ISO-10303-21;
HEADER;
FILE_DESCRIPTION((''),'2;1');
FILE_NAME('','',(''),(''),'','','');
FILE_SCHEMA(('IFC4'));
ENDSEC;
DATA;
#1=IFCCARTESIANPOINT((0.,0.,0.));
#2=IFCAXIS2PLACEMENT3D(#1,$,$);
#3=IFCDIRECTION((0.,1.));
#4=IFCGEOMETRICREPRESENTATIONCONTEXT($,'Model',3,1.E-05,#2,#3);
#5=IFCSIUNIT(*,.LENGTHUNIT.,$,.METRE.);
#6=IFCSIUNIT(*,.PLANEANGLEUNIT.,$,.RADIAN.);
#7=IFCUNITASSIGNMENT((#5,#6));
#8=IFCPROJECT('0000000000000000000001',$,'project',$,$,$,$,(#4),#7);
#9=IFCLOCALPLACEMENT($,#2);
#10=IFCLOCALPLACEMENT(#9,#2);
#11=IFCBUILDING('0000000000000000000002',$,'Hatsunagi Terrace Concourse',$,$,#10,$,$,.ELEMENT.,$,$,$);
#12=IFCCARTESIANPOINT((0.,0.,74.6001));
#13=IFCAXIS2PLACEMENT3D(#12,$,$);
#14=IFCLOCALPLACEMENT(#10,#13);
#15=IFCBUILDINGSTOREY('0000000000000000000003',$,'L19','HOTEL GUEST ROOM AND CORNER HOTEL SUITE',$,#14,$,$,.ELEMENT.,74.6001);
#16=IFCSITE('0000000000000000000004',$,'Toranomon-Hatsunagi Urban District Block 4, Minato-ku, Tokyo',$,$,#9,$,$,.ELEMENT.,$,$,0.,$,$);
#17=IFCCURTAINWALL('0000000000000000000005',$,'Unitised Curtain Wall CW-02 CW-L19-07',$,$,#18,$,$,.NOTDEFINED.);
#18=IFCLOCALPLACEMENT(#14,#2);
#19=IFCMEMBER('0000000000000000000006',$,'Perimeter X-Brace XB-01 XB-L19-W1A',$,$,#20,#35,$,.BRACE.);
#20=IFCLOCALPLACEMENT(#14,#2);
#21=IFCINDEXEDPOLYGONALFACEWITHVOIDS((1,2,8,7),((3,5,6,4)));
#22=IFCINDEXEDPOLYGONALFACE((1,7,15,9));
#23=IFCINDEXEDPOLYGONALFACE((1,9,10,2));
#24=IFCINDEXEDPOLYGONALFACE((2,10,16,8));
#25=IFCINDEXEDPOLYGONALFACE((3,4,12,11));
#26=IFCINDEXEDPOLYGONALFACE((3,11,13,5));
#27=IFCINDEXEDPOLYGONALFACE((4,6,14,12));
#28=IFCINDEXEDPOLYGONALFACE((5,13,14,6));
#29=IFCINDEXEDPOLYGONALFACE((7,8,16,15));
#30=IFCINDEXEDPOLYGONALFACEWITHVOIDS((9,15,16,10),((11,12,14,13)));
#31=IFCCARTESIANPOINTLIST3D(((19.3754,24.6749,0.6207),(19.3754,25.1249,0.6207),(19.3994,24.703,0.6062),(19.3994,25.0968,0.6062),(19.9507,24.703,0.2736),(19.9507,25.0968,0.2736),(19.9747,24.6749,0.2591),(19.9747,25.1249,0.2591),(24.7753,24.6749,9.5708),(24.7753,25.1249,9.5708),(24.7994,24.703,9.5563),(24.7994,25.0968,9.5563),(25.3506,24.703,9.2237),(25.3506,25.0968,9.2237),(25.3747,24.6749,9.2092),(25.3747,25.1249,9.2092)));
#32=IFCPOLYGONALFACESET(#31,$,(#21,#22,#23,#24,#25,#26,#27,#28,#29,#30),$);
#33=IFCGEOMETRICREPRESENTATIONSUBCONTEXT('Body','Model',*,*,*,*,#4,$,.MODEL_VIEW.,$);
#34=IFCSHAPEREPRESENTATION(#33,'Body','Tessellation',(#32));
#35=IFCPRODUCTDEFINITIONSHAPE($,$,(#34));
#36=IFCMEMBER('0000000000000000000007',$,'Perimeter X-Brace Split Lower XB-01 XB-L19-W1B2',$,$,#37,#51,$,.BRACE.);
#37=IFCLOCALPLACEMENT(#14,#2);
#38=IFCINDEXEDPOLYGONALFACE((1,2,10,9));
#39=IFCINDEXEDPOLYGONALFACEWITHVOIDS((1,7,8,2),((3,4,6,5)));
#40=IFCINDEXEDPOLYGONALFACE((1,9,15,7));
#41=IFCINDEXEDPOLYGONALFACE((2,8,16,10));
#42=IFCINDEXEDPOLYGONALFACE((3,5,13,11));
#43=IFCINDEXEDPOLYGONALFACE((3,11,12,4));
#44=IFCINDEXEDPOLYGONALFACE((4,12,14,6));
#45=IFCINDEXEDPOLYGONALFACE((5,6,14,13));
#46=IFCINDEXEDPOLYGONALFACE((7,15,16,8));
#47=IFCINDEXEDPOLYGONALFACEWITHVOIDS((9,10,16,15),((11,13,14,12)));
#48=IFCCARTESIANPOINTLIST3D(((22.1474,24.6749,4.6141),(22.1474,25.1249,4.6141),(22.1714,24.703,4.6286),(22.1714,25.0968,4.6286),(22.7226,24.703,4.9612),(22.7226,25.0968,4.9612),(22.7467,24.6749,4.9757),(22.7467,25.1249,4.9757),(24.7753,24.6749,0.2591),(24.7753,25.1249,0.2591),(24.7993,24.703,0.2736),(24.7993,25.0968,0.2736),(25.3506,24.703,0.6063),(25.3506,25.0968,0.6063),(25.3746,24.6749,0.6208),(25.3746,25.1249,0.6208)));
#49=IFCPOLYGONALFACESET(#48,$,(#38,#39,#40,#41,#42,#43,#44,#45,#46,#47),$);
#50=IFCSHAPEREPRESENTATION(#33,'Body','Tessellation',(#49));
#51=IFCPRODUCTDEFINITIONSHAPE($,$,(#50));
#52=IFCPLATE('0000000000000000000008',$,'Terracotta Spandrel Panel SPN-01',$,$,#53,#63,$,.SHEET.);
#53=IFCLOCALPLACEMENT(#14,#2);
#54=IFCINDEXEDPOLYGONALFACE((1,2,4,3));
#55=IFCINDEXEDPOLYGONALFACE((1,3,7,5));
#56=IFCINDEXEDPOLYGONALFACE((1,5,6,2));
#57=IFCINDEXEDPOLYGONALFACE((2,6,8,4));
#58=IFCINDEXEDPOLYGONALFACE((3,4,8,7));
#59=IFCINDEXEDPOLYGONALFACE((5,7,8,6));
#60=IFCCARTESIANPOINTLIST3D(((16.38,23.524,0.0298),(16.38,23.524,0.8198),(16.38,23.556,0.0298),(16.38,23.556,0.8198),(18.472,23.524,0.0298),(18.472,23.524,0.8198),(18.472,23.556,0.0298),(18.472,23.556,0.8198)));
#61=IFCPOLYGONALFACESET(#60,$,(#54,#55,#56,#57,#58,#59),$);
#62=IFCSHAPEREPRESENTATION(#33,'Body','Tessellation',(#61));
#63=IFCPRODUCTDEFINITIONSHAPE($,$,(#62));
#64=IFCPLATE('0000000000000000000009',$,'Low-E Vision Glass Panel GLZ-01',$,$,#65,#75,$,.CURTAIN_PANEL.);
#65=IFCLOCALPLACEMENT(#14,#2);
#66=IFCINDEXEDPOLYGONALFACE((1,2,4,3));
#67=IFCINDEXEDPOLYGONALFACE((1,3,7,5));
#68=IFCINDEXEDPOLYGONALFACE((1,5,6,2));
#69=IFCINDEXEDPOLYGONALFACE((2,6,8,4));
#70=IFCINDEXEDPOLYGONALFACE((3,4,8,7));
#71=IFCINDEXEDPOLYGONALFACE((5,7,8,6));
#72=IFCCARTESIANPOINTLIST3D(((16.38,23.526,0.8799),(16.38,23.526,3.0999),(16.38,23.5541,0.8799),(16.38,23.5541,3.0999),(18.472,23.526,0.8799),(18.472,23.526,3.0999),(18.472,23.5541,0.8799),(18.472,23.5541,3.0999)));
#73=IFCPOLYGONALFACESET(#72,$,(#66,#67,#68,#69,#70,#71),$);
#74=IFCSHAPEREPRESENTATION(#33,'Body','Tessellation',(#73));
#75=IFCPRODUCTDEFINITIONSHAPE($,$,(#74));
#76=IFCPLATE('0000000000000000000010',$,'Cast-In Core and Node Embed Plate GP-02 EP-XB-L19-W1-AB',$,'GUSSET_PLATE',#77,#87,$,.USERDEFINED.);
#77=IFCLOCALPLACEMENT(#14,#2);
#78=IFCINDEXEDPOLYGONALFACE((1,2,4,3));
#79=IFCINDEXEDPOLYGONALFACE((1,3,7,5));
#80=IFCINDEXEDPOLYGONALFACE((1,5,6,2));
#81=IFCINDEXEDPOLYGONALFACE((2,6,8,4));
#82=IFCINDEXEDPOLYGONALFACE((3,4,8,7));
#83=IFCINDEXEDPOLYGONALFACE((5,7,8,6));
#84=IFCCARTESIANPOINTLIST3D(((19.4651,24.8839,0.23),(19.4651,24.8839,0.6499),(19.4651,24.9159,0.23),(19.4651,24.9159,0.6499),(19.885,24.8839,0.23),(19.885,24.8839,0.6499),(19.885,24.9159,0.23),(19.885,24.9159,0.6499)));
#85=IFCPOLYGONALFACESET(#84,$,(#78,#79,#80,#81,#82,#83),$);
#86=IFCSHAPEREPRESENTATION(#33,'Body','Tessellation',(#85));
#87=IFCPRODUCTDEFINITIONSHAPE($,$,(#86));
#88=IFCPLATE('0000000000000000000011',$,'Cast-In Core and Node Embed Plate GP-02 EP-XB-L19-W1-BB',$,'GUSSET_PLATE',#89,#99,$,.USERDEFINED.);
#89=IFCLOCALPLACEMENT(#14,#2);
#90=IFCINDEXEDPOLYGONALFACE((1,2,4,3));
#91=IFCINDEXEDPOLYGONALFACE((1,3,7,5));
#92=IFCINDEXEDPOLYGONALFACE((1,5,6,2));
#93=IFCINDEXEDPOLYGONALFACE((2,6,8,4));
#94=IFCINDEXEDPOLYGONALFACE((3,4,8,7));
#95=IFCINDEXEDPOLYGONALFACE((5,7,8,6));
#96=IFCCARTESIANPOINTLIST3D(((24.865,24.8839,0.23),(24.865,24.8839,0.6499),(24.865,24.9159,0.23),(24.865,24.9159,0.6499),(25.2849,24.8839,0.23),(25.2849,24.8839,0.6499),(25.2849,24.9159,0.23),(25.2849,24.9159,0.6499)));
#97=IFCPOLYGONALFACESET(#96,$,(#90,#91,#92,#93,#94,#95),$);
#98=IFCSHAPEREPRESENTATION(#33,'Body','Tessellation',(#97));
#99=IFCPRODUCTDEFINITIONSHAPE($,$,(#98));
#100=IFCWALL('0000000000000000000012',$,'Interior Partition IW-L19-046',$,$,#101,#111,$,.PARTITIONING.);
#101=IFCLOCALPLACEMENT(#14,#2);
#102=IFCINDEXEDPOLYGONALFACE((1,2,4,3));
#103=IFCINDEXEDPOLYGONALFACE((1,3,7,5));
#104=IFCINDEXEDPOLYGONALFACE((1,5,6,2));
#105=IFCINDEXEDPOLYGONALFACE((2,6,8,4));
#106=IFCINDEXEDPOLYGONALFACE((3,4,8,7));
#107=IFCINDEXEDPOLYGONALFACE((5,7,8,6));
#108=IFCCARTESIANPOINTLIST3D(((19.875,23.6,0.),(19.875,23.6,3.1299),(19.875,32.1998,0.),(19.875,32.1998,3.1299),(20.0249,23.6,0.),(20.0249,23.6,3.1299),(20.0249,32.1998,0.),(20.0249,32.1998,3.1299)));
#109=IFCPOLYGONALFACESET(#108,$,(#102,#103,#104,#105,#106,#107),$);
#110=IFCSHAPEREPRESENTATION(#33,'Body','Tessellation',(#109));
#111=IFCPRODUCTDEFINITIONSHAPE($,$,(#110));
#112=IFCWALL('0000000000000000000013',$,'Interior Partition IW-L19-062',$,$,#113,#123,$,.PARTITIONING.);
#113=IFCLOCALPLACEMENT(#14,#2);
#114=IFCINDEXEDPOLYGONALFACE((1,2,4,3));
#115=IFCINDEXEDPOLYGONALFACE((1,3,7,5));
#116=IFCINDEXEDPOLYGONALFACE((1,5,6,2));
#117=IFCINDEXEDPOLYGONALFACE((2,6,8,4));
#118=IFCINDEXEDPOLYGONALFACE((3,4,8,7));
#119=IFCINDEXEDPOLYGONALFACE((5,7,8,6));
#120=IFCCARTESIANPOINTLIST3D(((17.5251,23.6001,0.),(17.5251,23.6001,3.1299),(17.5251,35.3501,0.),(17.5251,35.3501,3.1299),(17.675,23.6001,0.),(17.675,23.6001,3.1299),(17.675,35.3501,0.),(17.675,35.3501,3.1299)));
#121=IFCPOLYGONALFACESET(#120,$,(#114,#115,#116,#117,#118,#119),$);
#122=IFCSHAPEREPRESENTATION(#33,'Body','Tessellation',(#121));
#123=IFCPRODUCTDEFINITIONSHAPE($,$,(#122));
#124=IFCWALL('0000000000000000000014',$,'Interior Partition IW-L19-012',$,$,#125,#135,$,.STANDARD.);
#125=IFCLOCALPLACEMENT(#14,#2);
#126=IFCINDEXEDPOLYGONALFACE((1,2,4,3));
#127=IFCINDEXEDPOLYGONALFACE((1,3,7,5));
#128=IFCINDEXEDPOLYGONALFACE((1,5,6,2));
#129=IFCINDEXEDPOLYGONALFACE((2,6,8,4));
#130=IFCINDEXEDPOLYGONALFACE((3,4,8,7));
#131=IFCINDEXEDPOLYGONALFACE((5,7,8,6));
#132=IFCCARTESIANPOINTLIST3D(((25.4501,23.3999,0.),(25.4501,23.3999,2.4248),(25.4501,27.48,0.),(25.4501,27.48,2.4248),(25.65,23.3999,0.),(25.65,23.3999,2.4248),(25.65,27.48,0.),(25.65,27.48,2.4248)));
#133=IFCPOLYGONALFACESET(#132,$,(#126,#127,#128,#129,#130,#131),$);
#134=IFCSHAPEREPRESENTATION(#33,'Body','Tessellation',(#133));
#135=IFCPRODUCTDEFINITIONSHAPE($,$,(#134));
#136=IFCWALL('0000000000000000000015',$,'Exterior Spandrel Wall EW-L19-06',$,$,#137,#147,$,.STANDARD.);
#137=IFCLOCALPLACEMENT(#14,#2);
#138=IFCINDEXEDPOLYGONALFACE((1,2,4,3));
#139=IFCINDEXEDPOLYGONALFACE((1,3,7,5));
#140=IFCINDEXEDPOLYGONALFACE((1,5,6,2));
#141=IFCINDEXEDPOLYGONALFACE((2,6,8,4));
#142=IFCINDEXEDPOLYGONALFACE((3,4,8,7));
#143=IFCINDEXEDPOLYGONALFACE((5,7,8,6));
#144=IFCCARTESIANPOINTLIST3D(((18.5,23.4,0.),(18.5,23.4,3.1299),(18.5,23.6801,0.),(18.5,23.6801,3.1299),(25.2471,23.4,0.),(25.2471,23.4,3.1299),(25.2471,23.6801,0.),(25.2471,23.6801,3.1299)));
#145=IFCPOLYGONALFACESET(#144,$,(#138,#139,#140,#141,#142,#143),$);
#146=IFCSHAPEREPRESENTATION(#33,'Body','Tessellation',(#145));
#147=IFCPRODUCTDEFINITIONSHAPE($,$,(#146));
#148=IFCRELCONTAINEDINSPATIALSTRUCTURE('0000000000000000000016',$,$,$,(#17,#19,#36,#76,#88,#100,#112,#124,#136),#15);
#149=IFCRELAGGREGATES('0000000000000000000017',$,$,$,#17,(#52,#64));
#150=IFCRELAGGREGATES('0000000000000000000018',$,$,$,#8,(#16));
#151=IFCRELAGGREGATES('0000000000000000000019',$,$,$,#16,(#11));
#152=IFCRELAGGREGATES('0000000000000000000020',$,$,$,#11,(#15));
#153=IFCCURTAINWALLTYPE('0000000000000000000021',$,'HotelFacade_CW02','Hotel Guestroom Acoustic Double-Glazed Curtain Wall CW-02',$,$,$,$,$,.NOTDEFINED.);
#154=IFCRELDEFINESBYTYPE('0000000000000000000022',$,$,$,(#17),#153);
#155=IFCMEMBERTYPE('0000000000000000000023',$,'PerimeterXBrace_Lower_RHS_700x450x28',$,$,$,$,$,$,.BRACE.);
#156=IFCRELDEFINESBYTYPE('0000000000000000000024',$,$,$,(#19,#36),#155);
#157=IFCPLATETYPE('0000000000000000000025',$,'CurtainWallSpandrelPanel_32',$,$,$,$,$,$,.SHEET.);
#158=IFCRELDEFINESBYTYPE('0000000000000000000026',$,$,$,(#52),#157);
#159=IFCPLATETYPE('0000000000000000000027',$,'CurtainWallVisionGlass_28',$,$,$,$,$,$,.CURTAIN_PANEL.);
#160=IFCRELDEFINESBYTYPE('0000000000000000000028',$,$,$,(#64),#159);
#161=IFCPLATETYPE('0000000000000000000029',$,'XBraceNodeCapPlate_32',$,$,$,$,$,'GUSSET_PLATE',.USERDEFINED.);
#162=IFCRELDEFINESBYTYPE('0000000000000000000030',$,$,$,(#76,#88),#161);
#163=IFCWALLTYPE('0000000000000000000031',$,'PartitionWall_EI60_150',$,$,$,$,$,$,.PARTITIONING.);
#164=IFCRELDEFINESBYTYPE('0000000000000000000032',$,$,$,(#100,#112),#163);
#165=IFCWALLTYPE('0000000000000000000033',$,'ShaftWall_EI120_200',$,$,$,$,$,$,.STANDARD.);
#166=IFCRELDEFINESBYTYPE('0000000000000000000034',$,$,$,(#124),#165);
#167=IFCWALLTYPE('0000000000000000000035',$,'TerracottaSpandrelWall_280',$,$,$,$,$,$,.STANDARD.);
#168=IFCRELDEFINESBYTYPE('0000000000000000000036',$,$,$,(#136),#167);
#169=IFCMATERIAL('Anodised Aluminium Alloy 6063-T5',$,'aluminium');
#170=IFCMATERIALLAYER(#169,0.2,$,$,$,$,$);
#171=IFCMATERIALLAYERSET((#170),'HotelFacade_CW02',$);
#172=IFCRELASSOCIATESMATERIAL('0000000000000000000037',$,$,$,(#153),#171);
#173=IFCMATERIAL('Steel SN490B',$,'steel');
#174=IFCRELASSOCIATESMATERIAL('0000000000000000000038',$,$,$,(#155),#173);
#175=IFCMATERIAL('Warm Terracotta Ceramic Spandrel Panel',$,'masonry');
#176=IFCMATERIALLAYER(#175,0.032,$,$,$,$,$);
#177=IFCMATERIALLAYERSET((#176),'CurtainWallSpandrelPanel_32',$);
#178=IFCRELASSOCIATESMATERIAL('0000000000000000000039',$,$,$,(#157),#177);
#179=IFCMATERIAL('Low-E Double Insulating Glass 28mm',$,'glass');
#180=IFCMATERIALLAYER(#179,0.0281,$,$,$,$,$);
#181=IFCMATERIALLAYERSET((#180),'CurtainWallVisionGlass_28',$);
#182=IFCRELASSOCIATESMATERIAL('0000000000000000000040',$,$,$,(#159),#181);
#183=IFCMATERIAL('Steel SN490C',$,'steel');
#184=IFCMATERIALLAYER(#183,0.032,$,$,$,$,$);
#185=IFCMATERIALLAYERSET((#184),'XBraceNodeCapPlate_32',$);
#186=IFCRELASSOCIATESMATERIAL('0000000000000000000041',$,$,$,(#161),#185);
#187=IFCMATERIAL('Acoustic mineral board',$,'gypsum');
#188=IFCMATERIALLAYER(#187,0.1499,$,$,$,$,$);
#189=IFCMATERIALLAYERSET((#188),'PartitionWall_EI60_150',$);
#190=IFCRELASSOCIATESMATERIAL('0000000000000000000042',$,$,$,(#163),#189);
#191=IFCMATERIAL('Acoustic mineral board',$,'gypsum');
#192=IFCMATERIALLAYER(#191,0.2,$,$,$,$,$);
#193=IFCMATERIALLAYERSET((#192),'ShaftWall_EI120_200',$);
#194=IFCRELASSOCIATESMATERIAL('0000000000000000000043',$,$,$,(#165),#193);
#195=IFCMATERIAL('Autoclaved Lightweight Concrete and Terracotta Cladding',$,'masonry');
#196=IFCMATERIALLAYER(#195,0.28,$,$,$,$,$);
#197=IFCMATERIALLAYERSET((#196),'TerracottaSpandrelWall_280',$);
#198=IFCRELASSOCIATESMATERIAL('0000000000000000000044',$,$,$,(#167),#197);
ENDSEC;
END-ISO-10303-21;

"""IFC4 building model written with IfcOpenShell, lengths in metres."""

from ifc_helpers import new_model, si_unit, direction, frame, frame_2d, origin, origin_2d, place, context, subcontext, project, spatial, rectangle, hollow_rectangle, extrude, material, layer, layer_set, material_profile, profile_set, type_object, element, aggregate, save


model = new_model("IFC4")

# Units and contexts
model_context = context("Model", 3, precision=1e-05, world=origin(), true_north=direction((0.0, 1.0)))
body_context = subcontext(model_context, "Body", "Model", "MODEL_VIEW")
ifc_project = project(units=[si_unit("LENGTHUNIT", "METRE"), si_unit("PLANEANGLEUNIT", "RADIAN")], contexts=[model_context])

# Site, building, storey
site_placement = place(None, origin())
site = spatial("IfcSite", under=ifc_project, at=site_placement, Name="Toranomon-Hatsunagi Urban District Block 4, Minato-ku, Tokyo", CompositionType="ELEMENT", RefElevation=0.0)
building_placement = place(site_placement, origin())
building = spatial("IfcBuilding", under=site, at=building_placement, Name="Hatsunagi Terrace Concourse", CompositionType="ELEMENT")
storey_placement = place(building_placement, frame((0.0, 0.0, 74.6001)))
storey = spatial("IfcBuildingStorey", under=building, at=storey_placement, Name="L19", Description="HOTEL GUEST ROOM AND CORNER HOTEL SUITE", CompositionType="ELEMENT", Elevation=74.6001)

# Curtain wall
ifc_material_1 = material(Name="Anodised Aluminium Alloy 6063-T5", Category="aluminium")
ifc_layer_1 = layer(ifc_material_1, 0.2)
ifc_layer_set_1 = layer_set([ifc_layer_1], Name="HotelFacade_CW02")
curtain_wall_type = type_object("IfcCurtainWallType", Name="HotelFacade_CW02", Description="Hotel Guestroom Acoustic Double-Glazed Curtain Wall CW-02", PredefinedType="NOTDEFINED", material=ifc_layer_set_1)
curtain_wall_placement = place(storey_placement, origin())
curtain_wall = element("IfcCurtainWall", 1, at=curtain_wall_placement, inside=storey, type_object=curtain_wall_type, Name="Unitised Curtain Wall CW-02 CW-L19-07", PredefinedType="NOTDEFINED")

# Members
ifc_material_2 = material(Name="Steel SN490B", Category="steel")
ifc_material_profile_1 = material_profile(ifc_material_2, hollow_rectangle(XDim=0.45, YDim=0.7, WallThickness=0.0281, at=origin_2d()), Name="RHS-700x450x28")
ifc_profile_set_1 = profile_set([ifc_material_profile_1], Name="Steel SN490B")
member_type_1 = type_object("IfcMemberType", Name="PerimeterXBrace_Lower_RHS_700x450x28", PredefinedType="BRACE", material=ifc_profile_set_1)
member_1_placement = place(storey_placement, frame((19.675, 24.8999, 0.4399), z_axis=(0.5166, 0.0, 0.856227), x_axis=(0.0, 1.0, 0.0)))
element("IfcMember", 2, at=member_1_placement, inside=storey, type_object=member_type_1, Name="Perimeter X-Brace XB-01 XB-L19-W1A", PredefinedType="BRACE", context=body_context, shape_type="SweptSolid", body=[
    extrude(hollow_rectangle(XDim=0.45, YDim=0.7, WallThickness=0.0281, at=origin_2d()), origin(), (0.0, 0.0, 1.0), 10.4529),
])
member_2_placement = place(storey_placement, frame((22.447, 24.8999, 4.7949), z_axis=(0.516654, 0.0, -0.856194), x_axis=(0.0, 1.0, 0.0)))
element("IfcMember", 3, at=member_2_placement, inside=storey, type_object=member_type_1, Name="Perimeter X-Brace Split Lower XB-01 XB-L19-W1B2", PredefinedType="BRACE", context=body_context, shape_type="SweptSolid", body=[
    extrude(hollow_rectangle(XDim=0.45, YDim=0.7, WallThickness=0.0281, at=origin_2d()), origin(), (0.0, 0.0, 1.0), 5.0864),
])

# Plates
ifc_material_3 = material(Name="Warm Terracotta Ceramic Spandrel Panel", Category="masonry")
ifc_layer_2 = layer(ifc_material_3, 0.032)
ifc_layer_set_2 = layer_set([ifc_layer_2], Name="CurtainWallSpandrelPanel_32")
plate_type_1 = type_object("IfcPlateType", Name="CurtainWallSpandrelPanel_32", PredefinedType="SHEET", material=ifc_layer_set_2)
plate_1_placement = place(storey_placement, frame((17.426, 23.54, 0.0298), z_axis=(0.0, 0.0, 1.0), x_axis=(-1.0, 0.0, 0.0)))
plate_1 = element("IfcPlate", 4, at=plate_1_placement, type_object=plate_type_1, Name="Terracotta Spandrel Panel SPN-01", PredefinedType="SHEET", context=body_context, shape_type="SweptSolid", body=[
    extrude(rectangle(XDim=2.092, YDim=0.032, at=origin_2d()), origin(), (0.0, 0.0, 1.0), 0.79),
])
ifc_material_4 = material(Name="Low-E Double Insulating Glass 28mm", Category="glass")
ifc_layer_3 = layer(ifc_material_4, 0.0281)
ifc_layer_set_3 = layer_set([ifc_layer_3], Name="CurtainWallVisionGlass_28")
plate_type_2 = type_object("IfcPlateType", Name="CurtainWallVisionGlass_28", PredefinedType="CURTAIN_PANEL", material=ifc_layer_set_3)
plate_2_placement = place(storey_placement, frame((17.426, 23.54, 0.8799), z_axis=(0.0, 0.0, 1.0), x_axis=(-1.0, 0.0, 0.0)))
plate_2 = element("IfcPlate", 5, at=plate_2_placement, type_object=plate_type_2, Name="Low-E Vision Glass Panel GLZ-01", PredefinedType="CURTAIN_PANEL", context=body_context, shape_type="SweptSolid", body=[
    extrude(rectangle(XDim=2.092, YDim=0.0281, at=origin_2d()), origin(), (0.0, 0.0, 1.0), 2.22),
])
aggregate(curtain_wall, [plate_1, plate_2])

# Plates
ifc_material_5 = material(Name="Steel SN490C", Category="steel")
ifc_layer_4 = layer(ifc_material_5, 0.032)
ifc_layer_set_4 = layer_set([ifc_layer_4], Name="XBraceNodeCapPlate_32")
plate_type_3 = type_object("IfcPlateType", Name="XBraceNodeCapPlate_32", ElementType="GUSSET_PLATE", PredefinedType="USERDEFINED", material=ifc_layer_set_4)
for number, where, z_axis, x_axis, name in (
    (6, (19.675, 24.8999, 0.23), (0.0, 0.0, 1.0), (1.0, 0.0, 0.0), "Cast-In Core and Node Embed Plate GP-02 EP-XB-L19-W1-AB"),
    (7, (25.075, 24.8999, 0.23), (0.0, 0.0, 1.0), (1.0, 0.0, 0.0), "Cast-In Core and Node Embed Plate GP-02 EP-XB-L19-W1-BB"),
):
    element("IfcPlate", number, at=place(storey_placement, frame(where, z_axis=z_axis, x_axis=x_axis)), inside=storey, type_object=plate_type_3, Name=name, ObjectType="GUSSET_PLATE", PredefinedType="USERDEFINED", context=body_context, shape_type="SweptSolid", body=[
        extrude(rectangle(XDim=0.4199, YDim=0.032, at=origin_2d()), origin(), (0.0, 0.0, 1.0), 0.4199),
    ])

# Walls
ifc_material_6 = material(Name="Acoustic mineral board", Category="gypsum")
ifc_layer_5 = layer(ifc_material_6, 0.1499)
ifc_layer_set_5 = layer_set([ifc_layer_5], Name="PartitionWall_EI60_150")
wall_type_1 = type_object("IfcWallType", Name="PartitionWall_EI60_150", PredefinedType="PARTITIONING", material=ifc_layer_set_5)
wall_1_placement = place(storey_placement, frame((19.95, 23.6001, 0.0), z_axis=(0.0, 0.0, 1.0), x_axis=(0.0, 1.0, 0.0)))
element("IfcWall", 8, at=wall_1_placement, inside=storey, type_object=wall_type_1, Name="Interior Partition IW-L19-046", PredefinedType="PARTITIONING", context=body_context, shape_type="SweptSolid", body=[
    extrude(rectangle(XDim=8.5999, YDim=0.1499, at=frame_2d((4.2998, 0.0))), origin(), (0.0, 0.0, 1.0), 3.1299),
])
wall_2_placement = place(storey_placement, frame((17.6001, 23.6001, 0.0), z_axis=(0.0, 0.0, 1.0), x_axis=(0.0, 1.0, 0.0)))
element("IfcWall", 9, at=wall_2_placement, inside=storey, type_object=wall_type_1, Name="Interior Partition IW-L19-062", PredefinedType="PARTITIONING", context=body_context, shape_type="SweptSolid", body=[
    extrude(rectangle(XDim=11.75, YDim=0.1499, at=frame_2d((5.875, 0.0))), origin(), (0.0, 0.0, 1.0), 3.1299),
])
ifc_material_7 = material(Name="Acoustic mineral board", Category="gypsum")
ifc_layer_6 = layer(ifc_material_7, 0.2)
ifc_layer_set_6 = layer_set([ifc_layer_6], Name="ShaftWall_EI120_200")
wall_type_2 = type_object("IfcWallType", Name="ShaftWall_EI120_200", PredefinedType="STANDARD", material=ifc_layer_set_6)
wall_3_placement = place(storey_placement, frame((25.55, 23.3999, 0.0), z_axis=(0.0, 0.0, 1.0), x_axis=(0.0, 1.0, 0.0)))
element("IfcWall", 10, at=wall_3_placement, inside=storey, type_object=wall_type_2, Name="Interior Partition IW-L19-012", PredefinedType="STANDARD", context=body_context, shape_type="SweptSolid", body=[
    extrude(rectangle(XDim=4.0801, YDim=0.2, at=frame_2d((2.04, 0.0))), origin(), (0.0, 0.0, 1.0), 2.4248),
])
ifc_material_8 = material(Name="Autoclaved Lightweight Concrete and Terracotta Cladding", Category="masonry")
ifc_layer_7 = layer(ifc_material_8, 0.28)
ifc_layer_set_7 = layer_set([ifc_layer_7], Name="TerracottaSpandrelWall_280")
wall_type_3 = type_object("IfcWallType", Name="TerracottaSpandrelWall_280", PredefinedType="STANDARD", material=ifc_layer_set_7)
wall_4_placement = place(storey_placement, frame((25.2471, 23.54, 0.0), z_axis=(0.0, 0.0, 1.0), x_axis=(-1.0, 0.0, 0.0)))
element("IfcWall", 11, at=wall_4_placement, inside=storey, type_object=wall_type_3, Name="Exterior Spandrel Wall EW-L19-06", PredefinedType="STANDARD", context=body_context, shape_type="SweptSolid", body=[
    extrude(rectangle(XDim=6.7471, YDim=0.28, at=frame_2d((3.3735, 0.0))), origin(), (0.0, 0.0, 1.0), 3.1299),
])

save(model, "model.ifc")
